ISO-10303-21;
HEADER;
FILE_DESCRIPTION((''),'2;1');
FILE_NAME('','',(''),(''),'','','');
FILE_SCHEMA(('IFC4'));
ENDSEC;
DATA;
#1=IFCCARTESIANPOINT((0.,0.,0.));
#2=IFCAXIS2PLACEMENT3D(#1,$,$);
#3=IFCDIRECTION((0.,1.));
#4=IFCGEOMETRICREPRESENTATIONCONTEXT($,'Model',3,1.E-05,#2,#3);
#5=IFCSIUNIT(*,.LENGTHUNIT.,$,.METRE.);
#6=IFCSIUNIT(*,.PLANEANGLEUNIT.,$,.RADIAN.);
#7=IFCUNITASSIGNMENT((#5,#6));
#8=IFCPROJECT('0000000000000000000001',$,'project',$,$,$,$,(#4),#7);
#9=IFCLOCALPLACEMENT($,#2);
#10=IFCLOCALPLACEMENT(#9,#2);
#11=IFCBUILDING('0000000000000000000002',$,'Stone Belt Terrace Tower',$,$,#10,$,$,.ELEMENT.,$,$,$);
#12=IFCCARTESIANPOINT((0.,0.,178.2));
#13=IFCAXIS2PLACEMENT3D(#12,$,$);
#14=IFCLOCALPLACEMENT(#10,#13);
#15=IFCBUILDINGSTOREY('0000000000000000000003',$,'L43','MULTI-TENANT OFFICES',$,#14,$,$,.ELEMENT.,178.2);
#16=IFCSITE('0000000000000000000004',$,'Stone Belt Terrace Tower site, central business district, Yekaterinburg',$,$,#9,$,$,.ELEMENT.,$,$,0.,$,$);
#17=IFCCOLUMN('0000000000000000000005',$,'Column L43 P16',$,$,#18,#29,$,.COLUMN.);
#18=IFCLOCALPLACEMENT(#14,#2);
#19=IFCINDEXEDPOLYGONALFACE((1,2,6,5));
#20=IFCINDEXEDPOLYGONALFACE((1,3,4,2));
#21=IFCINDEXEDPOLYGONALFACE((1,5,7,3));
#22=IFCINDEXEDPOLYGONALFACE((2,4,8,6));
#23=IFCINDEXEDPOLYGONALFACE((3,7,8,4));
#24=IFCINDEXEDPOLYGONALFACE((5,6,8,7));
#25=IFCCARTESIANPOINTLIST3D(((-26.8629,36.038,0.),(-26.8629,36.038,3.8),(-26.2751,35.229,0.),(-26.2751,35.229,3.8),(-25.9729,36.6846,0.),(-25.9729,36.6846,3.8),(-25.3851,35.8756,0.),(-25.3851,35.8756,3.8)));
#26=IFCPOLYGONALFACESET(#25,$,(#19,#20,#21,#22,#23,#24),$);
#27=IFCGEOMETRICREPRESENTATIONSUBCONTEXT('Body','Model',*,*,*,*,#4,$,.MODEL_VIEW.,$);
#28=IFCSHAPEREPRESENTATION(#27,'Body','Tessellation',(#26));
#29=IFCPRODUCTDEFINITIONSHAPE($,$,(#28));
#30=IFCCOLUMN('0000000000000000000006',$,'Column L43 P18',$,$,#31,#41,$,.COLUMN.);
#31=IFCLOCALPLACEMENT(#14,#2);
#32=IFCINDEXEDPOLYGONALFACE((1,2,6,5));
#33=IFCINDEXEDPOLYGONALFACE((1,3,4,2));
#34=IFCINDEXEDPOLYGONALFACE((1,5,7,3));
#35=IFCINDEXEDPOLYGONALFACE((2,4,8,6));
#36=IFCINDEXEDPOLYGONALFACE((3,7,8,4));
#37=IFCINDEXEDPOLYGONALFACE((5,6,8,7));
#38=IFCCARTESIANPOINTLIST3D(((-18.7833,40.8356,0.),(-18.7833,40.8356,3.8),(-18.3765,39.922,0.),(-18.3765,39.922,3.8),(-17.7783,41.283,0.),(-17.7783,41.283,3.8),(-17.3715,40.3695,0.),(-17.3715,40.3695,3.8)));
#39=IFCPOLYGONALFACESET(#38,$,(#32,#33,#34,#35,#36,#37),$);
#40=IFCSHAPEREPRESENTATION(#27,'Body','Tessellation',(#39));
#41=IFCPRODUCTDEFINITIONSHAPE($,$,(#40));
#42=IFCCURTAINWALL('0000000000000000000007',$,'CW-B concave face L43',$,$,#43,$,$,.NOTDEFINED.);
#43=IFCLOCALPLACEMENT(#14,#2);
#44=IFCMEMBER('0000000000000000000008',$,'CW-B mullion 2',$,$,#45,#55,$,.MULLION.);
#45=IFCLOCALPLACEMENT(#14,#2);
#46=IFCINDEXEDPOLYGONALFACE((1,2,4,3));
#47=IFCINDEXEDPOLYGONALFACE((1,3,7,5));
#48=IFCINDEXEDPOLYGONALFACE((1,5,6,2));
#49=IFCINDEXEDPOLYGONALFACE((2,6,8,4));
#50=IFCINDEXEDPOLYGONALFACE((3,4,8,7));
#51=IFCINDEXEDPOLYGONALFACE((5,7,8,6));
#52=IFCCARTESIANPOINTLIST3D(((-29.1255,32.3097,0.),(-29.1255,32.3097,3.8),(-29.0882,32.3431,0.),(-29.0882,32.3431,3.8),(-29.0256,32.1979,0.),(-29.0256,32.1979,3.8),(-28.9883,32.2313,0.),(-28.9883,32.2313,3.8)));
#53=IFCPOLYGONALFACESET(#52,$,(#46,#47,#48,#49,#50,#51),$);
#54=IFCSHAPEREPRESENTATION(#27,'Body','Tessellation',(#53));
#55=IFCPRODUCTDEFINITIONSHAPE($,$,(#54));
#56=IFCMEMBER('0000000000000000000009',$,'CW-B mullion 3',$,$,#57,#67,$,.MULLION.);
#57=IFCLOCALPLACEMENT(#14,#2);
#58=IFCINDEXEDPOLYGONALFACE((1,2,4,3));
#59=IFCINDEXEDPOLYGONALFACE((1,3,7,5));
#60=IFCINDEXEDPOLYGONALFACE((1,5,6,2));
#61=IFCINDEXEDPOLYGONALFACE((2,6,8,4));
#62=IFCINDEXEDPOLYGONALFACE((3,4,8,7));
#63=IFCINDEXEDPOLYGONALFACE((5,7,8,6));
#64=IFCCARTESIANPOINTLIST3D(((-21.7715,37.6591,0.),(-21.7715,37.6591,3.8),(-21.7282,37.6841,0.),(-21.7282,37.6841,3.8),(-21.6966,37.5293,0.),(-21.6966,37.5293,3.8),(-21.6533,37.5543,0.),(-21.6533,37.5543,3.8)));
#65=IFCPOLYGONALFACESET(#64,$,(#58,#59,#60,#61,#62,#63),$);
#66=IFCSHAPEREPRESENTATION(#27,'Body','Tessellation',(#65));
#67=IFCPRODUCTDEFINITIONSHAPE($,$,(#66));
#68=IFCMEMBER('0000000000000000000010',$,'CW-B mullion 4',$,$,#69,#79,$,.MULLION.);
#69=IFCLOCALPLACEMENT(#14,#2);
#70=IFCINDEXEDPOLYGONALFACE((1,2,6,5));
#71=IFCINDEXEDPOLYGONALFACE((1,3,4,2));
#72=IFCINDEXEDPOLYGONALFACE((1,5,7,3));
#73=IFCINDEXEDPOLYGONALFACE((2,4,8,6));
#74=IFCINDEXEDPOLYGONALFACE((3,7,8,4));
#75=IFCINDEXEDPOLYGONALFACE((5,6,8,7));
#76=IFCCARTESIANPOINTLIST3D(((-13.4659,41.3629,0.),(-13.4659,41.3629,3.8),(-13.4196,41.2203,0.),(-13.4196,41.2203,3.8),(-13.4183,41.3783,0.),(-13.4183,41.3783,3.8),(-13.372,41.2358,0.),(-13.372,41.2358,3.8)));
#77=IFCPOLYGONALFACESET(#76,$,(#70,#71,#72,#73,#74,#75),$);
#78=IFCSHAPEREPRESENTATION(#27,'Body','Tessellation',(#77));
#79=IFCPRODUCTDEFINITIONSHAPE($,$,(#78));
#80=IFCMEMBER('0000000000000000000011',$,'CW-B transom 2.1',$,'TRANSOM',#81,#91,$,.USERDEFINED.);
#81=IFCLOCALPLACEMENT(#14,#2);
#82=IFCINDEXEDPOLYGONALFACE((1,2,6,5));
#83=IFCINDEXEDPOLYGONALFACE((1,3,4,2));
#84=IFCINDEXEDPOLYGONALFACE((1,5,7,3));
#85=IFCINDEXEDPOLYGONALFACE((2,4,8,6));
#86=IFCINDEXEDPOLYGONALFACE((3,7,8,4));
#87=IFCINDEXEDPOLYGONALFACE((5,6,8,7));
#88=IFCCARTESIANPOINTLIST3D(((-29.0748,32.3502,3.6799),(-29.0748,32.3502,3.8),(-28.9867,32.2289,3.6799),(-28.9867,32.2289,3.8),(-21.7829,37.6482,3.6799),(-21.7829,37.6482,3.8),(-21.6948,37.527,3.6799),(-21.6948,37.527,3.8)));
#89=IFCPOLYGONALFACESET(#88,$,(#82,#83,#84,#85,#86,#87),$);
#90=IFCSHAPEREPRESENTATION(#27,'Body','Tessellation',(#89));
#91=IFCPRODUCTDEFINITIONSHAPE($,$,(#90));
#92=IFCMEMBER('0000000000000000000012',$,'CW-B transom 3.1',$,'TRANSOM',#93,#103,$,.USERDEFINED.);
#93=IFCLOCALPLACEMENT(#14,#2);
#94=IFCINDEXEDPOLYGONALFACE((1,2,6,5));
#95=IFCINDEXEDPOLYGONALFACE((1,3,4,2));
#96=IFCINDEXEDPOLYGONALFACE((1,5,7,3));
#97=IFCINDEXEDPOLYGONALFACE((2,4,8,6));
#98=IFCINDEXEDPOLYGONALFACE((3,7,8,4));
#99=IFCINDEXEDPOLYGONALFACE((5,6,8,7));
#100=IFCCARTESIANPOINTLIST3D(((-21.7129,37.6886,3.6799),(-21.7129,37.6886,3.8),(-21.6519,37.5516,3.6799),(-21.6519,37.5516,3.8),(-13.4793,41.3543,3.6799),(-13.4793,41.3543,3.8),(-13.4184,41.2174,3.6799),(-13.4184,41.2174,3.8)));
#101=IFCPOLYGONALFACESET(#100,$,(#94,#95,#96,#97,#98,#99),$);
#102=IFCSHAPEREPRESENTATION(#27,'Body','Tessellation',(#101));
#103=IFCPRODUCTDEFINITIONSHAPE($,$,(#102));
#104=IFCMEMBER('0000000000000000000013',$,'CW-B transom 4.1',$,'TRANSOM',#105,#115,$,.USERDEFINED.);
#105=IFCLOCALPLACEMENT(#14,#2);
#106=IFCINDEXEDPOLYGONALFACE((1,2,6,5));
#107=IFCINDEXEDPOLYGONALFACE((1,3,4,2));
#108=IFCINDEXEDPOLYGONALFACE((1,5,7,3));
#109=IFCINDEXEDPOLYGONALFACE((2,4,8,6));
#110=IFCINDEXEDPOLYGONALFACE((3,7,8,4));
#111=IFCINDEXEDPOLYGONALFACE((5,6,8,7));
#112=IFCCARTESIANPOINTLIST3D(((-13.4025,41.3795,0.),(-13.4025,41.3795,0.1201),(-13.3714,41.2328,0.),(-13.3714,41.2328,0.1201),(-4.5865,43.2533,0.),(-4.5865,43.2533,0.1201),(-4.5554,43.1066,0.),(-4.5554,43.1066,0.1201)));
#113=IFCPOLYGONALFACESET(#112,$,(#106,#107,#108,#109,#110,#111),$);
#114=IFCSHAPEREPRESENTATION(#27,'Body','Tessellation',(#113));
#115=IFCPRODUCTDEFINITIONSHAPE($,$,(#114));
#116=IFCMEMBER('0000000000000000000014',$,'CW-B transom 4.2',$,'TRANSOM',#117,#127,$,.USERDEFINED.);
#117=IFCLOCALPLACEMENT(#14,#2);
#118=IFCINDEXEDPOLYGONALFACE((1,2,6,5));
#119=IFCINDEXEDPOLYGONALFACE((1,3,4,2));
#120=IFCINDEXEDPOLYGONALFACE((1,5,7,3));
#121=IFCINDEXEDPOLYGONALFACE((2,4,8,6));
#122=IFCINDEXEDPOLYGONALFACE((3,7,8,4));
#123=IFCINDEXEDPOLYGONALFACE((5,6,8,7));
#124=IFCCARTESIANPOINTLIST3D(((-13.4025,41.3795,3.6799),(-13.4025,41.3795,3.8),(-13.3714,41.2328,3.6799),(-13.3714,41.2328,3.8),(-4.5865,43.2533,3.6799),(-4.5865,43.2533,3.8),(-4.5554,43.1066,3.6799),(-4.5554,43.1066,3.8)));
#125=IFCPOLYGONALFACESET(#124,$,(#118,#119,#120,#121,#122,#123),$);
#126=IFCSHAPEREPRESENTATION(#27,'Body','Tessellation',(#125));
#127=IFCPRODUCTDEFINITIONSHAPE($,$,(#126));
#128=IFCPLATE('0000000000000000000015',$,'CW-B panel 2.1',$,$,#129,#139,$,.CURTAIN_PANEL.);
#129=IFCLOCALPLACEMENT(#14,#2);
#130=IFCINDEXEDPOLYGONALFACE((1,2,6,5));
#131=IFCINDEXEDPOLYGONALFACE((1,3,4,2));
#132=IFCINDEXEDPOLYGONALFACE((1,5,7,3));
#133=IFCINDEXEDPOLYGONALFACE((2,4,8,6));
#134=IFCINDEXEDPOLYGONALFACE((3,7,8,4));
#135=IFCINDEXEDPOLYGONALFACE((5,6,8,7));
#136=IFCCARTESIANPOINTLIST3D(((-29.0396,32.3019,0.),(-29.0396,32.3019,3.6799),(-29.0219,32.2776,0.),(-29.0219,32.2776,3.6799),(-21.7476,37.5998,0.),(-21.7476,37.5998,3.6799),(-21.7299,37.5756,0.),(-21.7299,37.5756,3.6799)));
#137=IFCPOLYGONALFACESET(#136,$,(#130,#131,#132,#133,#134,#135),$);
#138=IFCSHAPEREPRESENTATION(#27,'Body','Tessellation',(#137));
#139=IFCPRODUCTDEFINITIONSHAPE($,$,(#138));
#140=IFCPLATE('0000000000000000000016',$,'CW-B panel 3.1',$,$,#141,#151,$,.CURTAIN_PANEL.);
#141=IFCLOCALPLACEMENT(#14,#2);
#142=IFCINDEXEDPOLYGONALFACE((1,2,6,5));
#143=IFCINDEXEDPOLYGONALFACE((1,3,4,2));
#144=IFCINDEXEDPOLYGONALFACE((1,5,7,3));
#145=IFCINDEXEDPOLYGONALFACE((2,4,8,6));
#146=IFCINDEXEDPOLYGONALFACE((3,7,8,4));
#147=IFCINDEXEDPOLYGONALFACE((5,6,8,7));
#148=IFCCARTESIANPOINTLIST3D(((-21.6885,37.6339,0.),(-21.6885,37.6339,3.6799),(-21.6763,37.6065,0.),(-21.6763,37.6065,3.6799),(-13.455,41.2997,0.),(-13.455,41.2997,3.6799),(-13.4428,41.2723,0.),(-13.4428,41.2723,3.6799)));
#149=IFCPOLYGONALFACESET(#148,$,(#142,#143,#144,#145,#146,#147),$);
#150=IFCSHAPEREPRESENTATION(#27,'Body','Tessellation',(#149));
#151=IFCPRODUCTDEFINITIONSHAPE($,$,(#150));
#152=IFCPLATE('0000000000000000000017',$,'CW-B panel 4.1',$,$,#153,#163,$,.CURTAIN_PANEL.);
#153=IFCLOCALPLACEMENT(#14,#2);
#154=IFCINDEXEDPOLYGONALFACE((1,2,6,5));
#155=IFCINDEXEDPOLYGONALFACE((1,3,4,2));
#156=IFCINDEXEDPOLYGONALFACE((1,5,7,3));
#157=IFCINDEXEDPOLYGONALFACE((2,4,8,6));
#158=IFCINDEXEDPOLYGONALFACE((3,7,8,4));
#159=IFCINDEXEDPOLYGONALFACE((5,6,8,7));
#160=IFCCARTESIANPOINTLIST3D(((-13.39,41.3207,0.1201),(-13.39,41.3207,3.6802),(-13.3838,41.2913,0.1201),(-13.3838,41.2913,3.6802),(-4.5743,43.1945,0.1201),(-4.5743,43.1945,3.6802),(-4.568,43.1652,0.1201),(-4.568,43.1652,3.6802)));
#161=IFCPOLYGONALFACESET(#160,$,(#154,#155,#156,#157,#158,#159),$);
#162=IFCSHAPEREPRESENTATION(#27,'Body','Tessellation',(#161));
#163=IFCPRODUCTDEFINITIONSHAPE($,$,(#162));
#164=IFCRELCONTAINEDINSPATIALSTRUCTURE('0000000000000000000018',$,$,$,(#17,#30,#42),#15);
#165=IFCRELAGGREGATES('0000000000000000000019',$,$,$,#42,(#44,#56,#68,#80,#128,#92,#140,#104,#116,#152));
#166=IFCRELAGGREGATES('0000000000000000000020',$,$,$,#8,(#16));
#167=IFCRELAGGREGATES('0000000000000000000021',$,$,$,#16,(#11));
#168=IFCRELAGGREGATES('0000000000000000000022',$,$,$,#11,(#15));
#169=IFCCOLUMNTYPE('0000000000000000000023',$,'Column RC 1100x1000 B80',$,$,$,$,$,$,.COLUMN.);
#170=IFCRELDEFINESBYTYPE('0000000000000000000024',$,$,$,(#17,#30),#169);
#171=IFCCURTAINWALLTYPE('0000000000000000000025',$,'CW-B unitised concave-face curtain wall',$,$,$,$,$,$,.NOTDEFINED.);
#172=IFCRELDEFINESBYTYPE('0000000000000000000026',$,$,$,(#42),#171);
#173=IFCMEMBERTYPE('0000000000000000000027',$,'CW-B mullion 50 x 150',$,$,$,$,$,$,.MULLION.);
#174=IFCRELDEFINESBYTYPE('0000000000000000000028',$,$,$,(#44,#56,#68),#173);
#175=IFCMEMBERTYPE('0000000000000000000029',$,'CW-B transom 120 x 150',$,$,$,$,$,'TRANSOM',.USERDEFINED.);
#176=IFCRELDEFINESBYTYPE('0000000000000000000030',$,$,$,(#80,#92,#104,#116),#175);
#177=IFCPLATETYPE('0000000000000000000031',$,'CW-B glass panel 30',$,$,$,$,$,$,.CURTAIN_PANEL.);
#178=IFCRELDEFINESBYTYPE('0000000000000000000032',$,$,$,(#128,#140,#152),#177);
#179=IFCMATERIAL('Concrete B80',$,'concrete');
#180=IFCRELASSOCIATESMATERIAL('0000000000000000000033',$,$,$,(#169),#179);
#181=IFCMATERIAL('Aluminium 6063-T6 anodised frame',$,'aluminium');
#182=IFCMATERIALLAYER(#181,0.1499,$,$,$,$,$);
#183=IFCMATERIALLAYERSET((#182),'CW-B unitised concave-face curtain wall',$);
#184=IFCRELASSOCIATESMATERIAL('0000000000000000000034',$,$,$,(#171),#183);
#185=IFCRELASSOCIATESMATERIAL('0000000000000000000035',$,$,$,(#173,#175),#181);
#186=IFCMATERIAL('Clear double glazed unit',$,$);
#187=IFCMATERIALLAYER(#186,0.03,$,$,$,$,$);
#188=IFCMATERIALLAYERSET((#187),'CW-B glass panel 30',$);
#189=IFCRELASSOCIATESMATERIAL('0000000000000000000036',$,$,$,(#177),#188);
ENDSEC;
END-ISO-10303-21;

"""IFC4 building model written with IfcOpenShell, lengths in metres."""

from ifc_helpers import new_model, si_unit, direction, frame, origin, origin_2d, place, context, subcontext, project, spatial, rectangle, extrude, material, layer, layer_set, material_profile, profile_set, type_object, element, aggregate, save


model = new_model("IFC4")

# Units and contexts
model_context = context("Model", 3, precision=1e-05, world=origin(), true_north=direction((0.0, 1.0)))
body_context = subcontext(model_context, "Body", "Model", "MODEL_VIEW")
ifc_project = project(units=[si_unit("LENGTHUNIT", "METRE"), si_unit("PLANEANGLEUNIT", "RADIAN")], contexts=[model_context])

# Site, building, storey
site_placement = place(None, origin())
site = spatial("IfcSite", under=ifc_project, at=site_placement, Name="Stone Belt Terrace Tower site, central business district, Yekaterinburg", CompositionType="ELEMENT", RefElevation=0.0)
building_placement = place(site_placement, origin())
building = spatial("IfcBuilding", under=site, at=building_placement, Name="Stone Belt Terrace Tower", CompositionType="ELEMENT")
storey_placement = place(building_placement, frame((0.0, 0.0, 178.2)))
storey = spatial("IfcBuildingStorey", under=building, at=storey_placement, Name="L43", Description="MULTI-TENANT OFFICES", CompositionType="ELEMENT", Elevation=178.2)

# Columns
ifc_material_1 = material(Name="Concrete B80", Category="concrete")
ifc_material_profile_1 = material_profile(ifc_material_1, rectangle(XDim=1.1001, YDim=1.0, at=origin_2d()), Name="RC 1100x1000")
ifc_profile_set_1 = profile_set([ifc_material_profile_1], Name="Concrete B80")
column_type = type_object("IfcColumnType", Name="Column RC 1100x1000 B80", PredefinedType="COLUMN", material=ifc_profile_set_1)
for number, where, z_axis, x_axis, name in (
    (1, (-26.124, 35.9568, 0.0), (0.0, 0.0, 1.0), (0.809017, 0.587785, 0.0), "Column L43 P16"),
    (2, (-18.0774, 40.6025, 0.0), (0.0, 0.0, 1.0), (0.913545, 0.406737, 0.0), "Column L43 P18"),
):
    element("IfcColumn", number, at=place(storey_placement, frame(where, z_axis=z_axis, x_axis=x_axis)), inside=storey, type_object=column_type, Name=name, PredefinedType="COLUMN", context=body_context, shape_type="SweptSolid", body=[
        extrude(rectangle(XDim=1.1001, YDim=1.0, at=origin_2d()), origin(), (0.0, 0.0, 1.0), 3.8),
    ])

# Curtain wall, members, plates
ifc_material_2 = material(Name="Aluminium 6063-T6 anodised frame", Category="aluminium")
ifc_layer_1 = layer(ifc_material_2, 0.1499)
ifc_layer_set_1 = layer_set([ifc_layer_1], Name="CW-B unitised concave-face curtain wall")
curtain_wall_type = type_object("IfcCurtainWallType", Name="CW-B unitised concave-face curtain wall", PredefinedType="NOTDEFINED", material=ifc_layer_set_1)
curtain_wall_placement = place(storey_placement, origin())
curtain_wall = element("IfcCurtainWall", 3, at=curtain_wall_placement, inside=storey, type_object=curtain_wall_type, Name="CW-B concave face L43", PredefinedType="NOTDEFINED")
ifc_material_profile_2 = material_profile(ifc_material_2, rectangle(XDim=0.1499, YDim=0.05, at=origin_2d()), Name="Aluminium 6063-T6 50x150")
ifc_profile_set_2 = profile_set([ifc_material_profile_2], Name="Aluminium 6063-T6 anodised frame")
member_type_1 = type_object("IfcMemberType", Name="CW-B mullion 50 x 150", PredefinedType="MULLION", material=ifc_profile_set_2)
member_1_placement = place(storey_placement, frame((-29.0569, 32.2705, 0.0), z_axis=(0.0, 0.0, 1.0), x_axis=(-0.666301, 0.745683, 0.0)))
member_1 = element("IfcMember", 4, at=member_1_placement, type_object=member_type_1, Name="CW-B mullion 2", PredefinedType="MULLION", context=body_context, shape_type="SweptSolid", body=[
    extrude(rectangle(XDim=0.1499, YDim=0.05, at=origin_2d()), origin(), (0.0, 0.0, 1.0), 3.8),
])
member_2_placement = place(storey_placement, frame((-21.7124, 37.6067, 0.0), z_axis=(0.0, 0.0, 1.0), x_axis=(-0.5, 0.866025, 0.0)))
member_2 = element("IfcMember", 5, at=member_2_placement, type_object=member_type_1, Name="CW-B mullion 3", PredefinedType="MULLION", context=body_context, shape_type="SweptSolid", body=[
    extrude(rectangle(XDim=0.1499, YDim=0.05, at=origin_2d()), origin(), (0.0, 0.0, 1.0), 3.8),
])
member_3_placement = place(storey_placement, frame((-13.4189, 41.2993, 0.0), z_axis=(0.0, 0.0, 1.0), x_axis=(-0.309017, 0.951057, 0.0)))
member_3 = element("IfcMember", 6, at=member_3_placement, type_object=member_type_1, Name="CW-B mullion 4", PredefinedType="MULLION", context=body_context, shape_type="SweptSolid", body=[
    extrude(rectangle(XDim=0.1499, YDim=0.05, at=origin_2d()), origin(), (0.0, 0.0, 1.0), 3.8),
])
ifc_material_profile_3 = material_profile(ifc_material_2, rectangle(XDim=0.1499, YDim=0.1201, at=origin_2d()), Name="Aluminium 6063-T6 150x120")
ifc_profile_set_3 = profile_set([ifc_material_profile_3], Name="Aluminium 6063-T6 anodised frame")
member_type_2 = type_object("IfcMemberType", Name="CW-B transom 120 x 150", ElementType="TRANSOM", PredefinedType="USERDEFINED", material=ifc_profile_set_3)
member_4_placement = place(storey_placement, frame((-29.0308, 32.2896, 3.74), z_axis=(0.809009, 0.587796, 0.0), x_axis=(-0.587796, 0.809009, 0.0)))
member_4 = element("IfcMember", 7, at=member_4_placement, type_object=member_type_2, Name="CW-B transom 2.1", ObjectType="TRANSOM", PredefinedType="USERDEFINED", context=body_context, shape_type="SweptSolid", body=[
    extrude(rectangle(XDim=0.1499, YDim=0.1201, at=origin_2d()), origin(), (0.0, 0.0, 1.0), 9.0134),
])
member_5_placement = place(storey_placement, frame((-21.6824, 37.6201, 3.74), z_axis=(0.913549, 0.406729, 0.0), x_axis=(-0.406729, 0.913549, 0.0)))
member_5 = element("IfcMember", 8, at=member_5_placement, type_object=member_type_2, Name="CW-B transom 3.1", ObjectType="TRANSOM", PredefinedType="USERDEFINED", context=body_context, shape_type="SweptSolid", body=[
    extrude(rectangle(XDim=0.1499, YDim=0.1201, at=origin_2d()), origin(), (0.0, 0.0, 1.0), 9.0127),
])
member_6_placement = place(storey_placement, frame((-13.387, 41.3062, 0.0601), z_axis=(0.97815, 0.207901, 0.0), x_axis=(-0.207901, 0.97815, 0.0)))
member_6 = element("IfcMember", 9, at=member_6_placement, type_object=member_type_2, Name="CW-B transom 4.1", ObjectType="TRANSOM", PredefinedType="USERDEFINED", context=body_context, shape_type="SweptSolid", body=[
    extrude(rectangle(XDim=0.1499, YDim=0.1201, at=origin_2d()), origin(), (0.0, 0.0, 1.0), 9.0129),
])
member_7_placement = place(storey_placement, frame((-13.387, 41.3062, 3.74), z_axis=(0.97815, 0.207901, 0.0), x_axis=(-0.207901, 0.97815, 0.0)))
member_7 = element("IfcMember", 10, at=member_7_placement, type_object=member_type_2, Name="CW-B transom 4.2", ObjectType="TRANSOM", PredefinedType="USERDEFINED", context=body_context, shape_type="SweptSolid", body=[
    extrude(rectangle(XDim=0.1499, YDim=0.1201, at=origin_2d()), origin(), (0.0, 0.0, 1.0), 9.0129),
])
ifc_material_3 = material(Name="Clear double glazed unit")
ifc_layer_2 = layer(ifc_material_3, 0.03)
ifc_layer_set_2 = layer_set([ifc_layer_2], Name="CW-B glass panel 30")
plate_type = type_object("IfcPlateType", Name="CW-B glass panel 30", PredefinedType="CURTAIN_PANEL", material=ifc_layer_set_2)
plate_1_placement = place(storey_placement, frame((-25.3848, 34.9387, 0.0), z_axis=(0.0, 0.0, 1.0), x_axis=(0.809017, 0.587785, 0.0)))
plate_1 = element("IfcPlate", 11, at=plate_1_placement, type_object=plate_type, Name="CW-B panel 2.1", PredefinedType="CURTAIN_PANEL", context=body_context, shape_type="SweptSolid", body=[
    extrude(rectangle(XDim=9.0134, YDim=0.03, at=origin_2d()), origin(), (0.0, 0.0, 1.0), 3.6799),
])
plate_2_placement = place(storey_placement, frame((-17.5657, 39.4531, 0.0), z_axis=(0.0, 0.0, 1.0), x_axis=(0.913545, 0.406737, 0.0)))
plate_2 = element("IfcPlate", 12, at=plate_2_placement, type_object=plate_type, Name="CW-B panel 3.1", PredefinedType="CURTAIN_PANEL", context=body_context, shape_type="SweptSolid", body=[
    extrude(rectangle(XDim=9.0127, YDim=0.03, at=origin_2d()), origin(), (0.0, 0.0, 1.0), 3.6799),
])
plate_3_placement = place(storey_placement, frame((-8.979, 42.2429, 0.1201), z_axis=(0.0, 0.0, 1.0), x_axis=(0.978148, 0.207912, 0.0)))
plate_3 = element("IfcPlate", 13, at=plate_3_placement, type_object=plate_type, Name="CW-B panel 4.1", PredefinedType="CURTAIN_PANEL", context=body_context, shape_type="SweptSolid", body=[
    extrude(rectangle(XDim=9.0127, YDim=0.03, at=origin_2d()), origin(), (0.0, 0.0, 1.0), 3.5601),
])
aggregate(curtain_wall, [member_1, member_2, member_3, member_4, plate_1, member_5, plate_2, member_6, member_7, plate_3])

save(model, "model.ifc")
